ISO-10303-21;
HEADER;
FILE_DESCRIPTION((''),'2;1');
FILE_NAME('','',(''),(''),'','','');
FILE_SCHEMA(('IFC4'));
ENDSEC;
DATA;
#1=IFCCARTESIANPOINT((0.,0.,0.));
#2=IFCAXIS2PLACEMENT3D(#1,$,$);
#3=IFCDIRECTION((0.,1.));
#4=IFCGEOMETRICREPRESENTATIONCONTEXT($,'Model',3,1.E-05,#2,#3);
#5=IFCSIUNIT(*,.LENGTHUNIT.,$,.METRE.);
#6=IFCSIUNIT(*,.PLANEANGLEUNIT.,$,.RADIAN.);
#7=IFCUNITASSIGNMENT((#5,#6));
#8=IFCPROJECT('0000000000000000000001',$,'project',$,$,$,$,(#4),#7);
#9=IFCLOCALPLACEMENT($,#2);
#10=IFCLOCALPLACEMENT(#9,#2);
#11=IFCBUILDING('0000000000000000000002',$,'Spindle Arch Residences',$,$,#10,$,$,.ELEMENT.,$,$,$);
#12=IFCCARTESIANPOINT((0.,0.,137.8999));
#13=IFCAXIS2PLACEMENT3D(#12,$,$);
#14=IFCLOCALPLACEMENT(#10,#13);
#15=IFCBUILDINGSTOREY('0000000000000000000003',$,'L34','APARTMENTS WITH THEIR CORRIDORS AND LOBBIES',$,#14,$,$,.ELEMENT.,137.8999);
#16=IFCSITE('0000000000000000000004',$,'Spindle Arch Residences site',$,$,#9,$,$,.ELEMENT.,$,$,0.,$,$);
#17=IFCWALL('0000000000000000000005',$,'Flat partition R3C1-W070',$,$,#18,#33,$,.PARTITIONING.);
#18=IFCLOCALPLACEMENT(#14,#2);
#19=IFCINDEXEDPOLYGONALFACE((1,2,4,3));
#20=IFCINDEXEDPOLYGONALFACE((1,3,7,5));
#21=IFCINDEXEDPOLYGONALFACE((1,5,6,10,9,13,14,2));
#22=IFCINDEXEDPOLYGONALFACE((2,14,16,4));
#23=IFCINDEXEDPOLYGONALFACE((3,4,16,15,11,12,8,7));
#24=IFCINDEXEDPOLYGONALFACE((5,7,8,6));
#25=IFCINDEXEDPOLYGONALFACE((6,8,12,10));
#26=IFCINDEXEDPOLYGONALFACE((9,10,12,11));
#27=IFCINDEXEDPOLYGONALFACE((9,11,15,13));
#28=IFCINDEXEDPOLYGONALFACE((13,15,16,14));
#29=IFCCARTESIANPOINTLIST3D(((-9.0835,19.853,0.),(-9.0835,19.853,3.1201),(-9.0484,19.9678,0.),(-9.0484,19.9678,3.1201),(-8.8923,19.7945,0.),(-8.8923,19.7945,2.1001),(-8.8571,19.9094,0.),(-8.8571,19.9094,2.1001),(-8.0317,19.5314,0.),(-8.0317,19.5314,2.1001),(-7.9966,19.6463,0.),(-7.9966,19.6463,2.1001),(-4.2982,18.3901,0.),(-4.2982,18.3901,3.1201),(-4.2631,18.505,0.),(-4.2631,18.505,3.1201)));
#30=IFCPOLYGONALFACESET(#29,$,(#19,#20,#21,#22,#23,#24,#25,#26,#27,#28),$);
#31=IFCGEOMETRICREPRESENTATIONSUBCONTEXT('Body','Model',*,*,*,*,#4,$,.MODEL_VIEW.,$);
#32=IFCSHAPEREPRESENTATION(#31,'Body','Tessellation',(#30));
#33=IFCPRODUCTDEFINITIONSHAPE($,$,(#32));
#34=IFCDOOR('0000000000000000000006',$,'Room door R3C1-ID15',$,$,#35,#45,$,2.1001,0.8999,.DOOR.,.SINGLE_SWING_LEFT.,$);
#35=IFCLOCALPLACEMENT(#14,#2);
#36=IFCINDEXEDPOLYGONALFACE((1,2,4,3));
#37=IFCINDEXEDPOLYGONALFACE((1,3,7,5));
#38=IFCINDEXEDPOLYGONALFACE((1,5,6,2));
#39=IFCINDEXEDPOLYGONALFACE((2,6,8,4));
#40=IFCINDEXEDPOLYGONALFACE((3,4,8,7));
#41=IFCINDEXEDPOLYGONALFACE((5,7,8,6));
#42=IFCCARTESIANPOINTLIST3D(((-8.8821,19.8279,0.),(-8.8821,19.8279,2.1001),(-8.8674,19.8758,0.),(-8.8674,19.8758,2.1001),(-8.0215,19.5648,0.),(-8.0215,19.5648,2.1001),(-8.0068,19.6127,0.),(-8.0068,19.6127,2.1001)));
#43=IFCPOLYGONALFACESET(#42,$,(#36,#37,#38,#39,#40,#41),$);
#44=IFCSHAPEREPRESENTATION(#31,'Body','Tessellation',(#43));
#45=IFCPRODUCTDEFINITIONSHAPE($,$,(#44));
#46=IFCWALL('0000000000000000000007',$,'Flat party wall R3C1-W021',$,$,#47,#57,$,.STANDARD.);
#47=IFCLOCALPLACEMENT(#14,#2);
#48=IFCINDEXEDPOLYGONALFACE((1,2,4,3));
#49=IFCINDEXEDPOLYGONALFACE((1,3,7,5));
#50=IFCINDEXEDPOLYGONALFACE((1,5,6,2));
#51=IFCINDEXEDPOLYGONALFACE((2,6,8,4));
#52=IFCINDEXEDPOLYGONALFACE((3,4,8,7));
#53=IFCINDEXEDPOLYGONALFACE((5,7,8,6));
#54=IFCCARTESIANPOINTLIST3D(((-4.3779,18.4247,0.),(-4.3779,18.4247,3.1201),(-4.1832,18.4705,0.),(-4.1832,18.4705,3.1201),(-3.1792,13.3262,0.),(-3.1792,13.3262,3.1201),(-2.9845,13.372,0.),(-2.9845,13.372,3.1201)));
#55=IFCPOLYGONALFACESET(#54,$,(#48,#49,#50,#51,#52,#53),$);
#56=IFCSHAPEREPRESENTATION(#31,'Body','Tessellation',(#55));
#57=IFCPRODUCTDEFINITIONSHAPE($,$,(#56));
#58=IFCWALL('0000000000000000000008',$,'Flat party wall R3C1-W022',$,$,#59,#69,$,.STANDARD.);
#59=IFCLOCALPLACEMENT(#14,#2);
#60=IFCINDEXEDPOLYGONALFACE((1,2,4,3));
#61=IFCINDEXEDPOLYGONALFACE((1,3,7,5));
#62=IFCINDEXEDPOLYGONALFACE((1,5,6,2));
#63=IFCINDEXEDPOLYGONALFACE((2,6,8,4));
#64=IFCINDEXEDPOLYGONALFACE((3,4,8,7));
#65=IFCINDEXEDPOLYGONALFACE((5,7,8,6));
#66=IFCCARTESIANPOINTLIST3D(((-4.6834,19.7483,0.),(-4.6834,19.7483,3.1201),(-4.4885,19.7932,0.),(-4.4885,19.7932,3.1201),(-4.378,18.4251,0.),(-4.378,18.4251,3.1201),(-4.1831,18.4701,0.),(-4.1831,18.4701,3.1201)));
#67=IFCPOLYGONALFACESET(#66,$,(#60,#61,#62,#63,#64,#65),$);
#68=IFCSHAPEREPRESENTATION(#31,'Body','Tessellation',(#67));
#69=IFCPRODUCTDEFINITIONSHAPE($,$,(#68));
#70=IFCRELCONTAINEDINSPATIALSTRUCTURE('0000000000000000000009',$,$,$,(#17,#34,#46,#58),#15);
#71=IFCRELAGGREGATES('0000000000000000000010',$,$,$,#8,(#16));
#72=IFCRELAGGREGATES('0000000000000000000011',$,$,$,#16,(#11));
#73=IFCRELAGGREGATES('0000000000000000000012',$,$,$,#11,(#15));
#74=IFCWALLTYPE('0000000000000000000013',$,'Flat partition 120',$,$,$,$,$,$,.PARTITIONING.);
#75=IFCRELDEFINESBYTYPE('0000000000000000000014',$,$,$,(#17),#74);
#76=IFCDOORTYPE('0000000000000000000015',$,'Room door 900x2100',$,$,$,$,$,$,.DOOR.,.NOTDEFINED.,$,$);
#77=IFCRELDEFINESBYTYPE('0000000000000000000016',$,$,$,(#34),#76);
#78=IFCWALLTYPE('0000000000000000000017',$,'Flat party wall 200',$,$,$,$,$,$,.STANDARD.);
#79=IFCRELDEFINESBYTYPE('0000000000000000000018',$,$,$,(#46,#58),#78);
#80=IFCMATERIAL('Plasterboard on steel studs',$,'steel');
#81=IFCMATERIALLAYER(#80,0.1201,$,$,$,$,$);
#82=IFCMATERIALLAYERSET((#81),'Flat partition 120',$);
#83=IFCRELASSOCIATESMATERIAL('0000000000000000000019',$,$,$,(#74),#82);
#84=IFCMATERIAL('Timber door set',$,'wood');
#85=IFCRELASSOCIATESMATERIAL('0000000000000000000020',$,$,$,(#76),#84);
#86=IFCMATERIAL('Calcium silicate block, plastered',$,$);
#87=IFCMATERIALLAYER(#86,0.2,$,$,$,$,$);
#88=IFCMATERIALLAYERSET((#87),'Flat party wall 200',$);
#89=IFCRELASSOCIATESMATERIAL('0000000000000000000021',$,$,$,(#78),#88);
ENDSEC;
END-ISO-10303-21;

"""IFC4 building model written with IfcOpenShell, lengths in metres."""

from ifc_helpers import new_model, si_unit, direction, frame, frame_2d, origin, place, context, subcontext, project, spatial, rectangle, extrude, material, layer, layer_set, type_object, element, fill, save


model = new_model("IFC4")

# Units and contexts
model_context = context("Model", 3, precision=1e-05, world=origin(), true_north=direction((0.0, 1.0)))
body_context = subcontext(model_context, "Body", "Model", "MODEL_VIEW")
ifc_project = project(units=[si_unit("LENGTHUNIT", "METRE"), si_unit("PLANEANGLEUNIT", "RADIAN")], contexts=[model_context])

# Site, building, storey
site_placement = place(None, origin())
site = spatial("IfcSite", under=ifc_project, at=site_placement, Name="Spindle Arch Residences site", CompositionType="ELEMENT", RefElevation=0.0)
building_placement = place(site_placement, origin())
building = spatial("IfcBuilding", under=site, at=building_placement, Name="Spindle Arch Residences", CompositionType="ELEMENT")
storey_placement = place(building_placement, frame((0.0, 0.0, 137.8999)))
storey = spatial("IfcBuildingStorey", under=building, at=storey_placement, Name="L34", Description="APARTMENTS WITH THEIR CORRIDORS AND LOBBIES", CompositionType="ELEMENT", Elevation=137.8999)

# Shared definitions
ifc_material_1 = material(Name="Plasterboard on steel studs", Category="steel")
ifc_layer_1 = layer(ifc_material_1, 0.1201)
ifc_layer_set_1 = layer_set([ifc_layer_1], Name="Flat partition 120")
wall_type_1 = type_object("IfcWallType", Name="Flat partition 120", PredefinedType="PARTITIONING", material=ifc_layer_set_1)

# Shared definitions
ifc_material_2 = material(Name="Timber door set", Category="wood")
door_type = type_object("IfcDoorType", Name="Room door 900x2100", OperationType="NOTDEFINED", PredefinedType="DOOR", material=ifc_material_2)

# Wall, opening, door
wall_1_placement = place(storey_placement, frame((-9.0659, 19.9104, 0.0), z_axis=(0.0, 0.0, 1.0), x_axis=(0.956313, -0.292344, 0.0)))
wall_1 = element("IfcWall", 1, at=wall_1_placement, inside=storey, type_object=wall_type_1, Name="Flat partition R3C1-W070", PredefinedType="PARTITIONING", context=body_context, shape_type="SweptSolid", body=[
    extrude(rectangle(XDim=5.0039, YDim=0.1201, at=frame_2d((2.502, 0.0))), origin(), (0.0, 0.0, 1.0), 3.1201),
])
opening_1_placement = place(wall_1_placement, frame((0.2, 0.0, 0.0)))
opening_1 = element("IfcOpeningElement", 2, at=opening_1_placement, cuts=wall_1, PredefinedType="OPENING", context=body_context, shape_type="SweptSolid", body=[
    extrude(rectangle(XDim=0.8999, YDim=2.1001, at=frame_2d((0.45, 1.05))), frame((0.0, 0.0701, 0.0), z_axis=(0.0, -1.0, 0.0), x_axis=(1.0, 0.0, 0.0)), (0.0, 0.0, 1.0), 0.1401),
])
door_1_placement = place(opening_1_placement, origin())
door_1 = element("IfcDoor", 3, at=door_1_placement, inside=storey, type_object=door_type, Name="Room door R3C1-ID15", OperationType="SINGLE_SWING_LEFT", OverallHeight=2.1001, OverallWidth=0.8999, PredefinedType="DOOR", context=body_context, shape_type="SweptSolid", body=[
    extrude(rectangle(XDim=0.8999, YDim=2.1001, at=frame_2d((0.45, 1.05))), frame((0.0, 0.0249, 0.0), z_axis=(0.0, -1.0, 0.0), x_axis=(1.0, 0.0, 0.0)), (0.0, 0.0, 1.0), 0.05),
])
fill(opening_1, door_1)

# Walls
ifc_material_3 = material(Name="Calcium silicate block, plastered")
ifc_layer_2 = layer(ifc_material_3, 0.2)
ifc_layer_set_2 = layer_set([ifc_layer_2], Name="Flat party wall 200")
wall_type_2 = type_object("IfcWallType", Name="Flat party wall 200", PredefinedType="STANDARD", material=ifc_layer_set_2)
wall_2_placement = place(storey_placement, frame((-4.2805, 18.4475, 0.0), z_axis=(0.0, 0.0, 1.0), x_axis=(0.228868, -0.973457, 0.0)))
element("IfcWall", 4, at=wall_2_placement, inside=storey, type_object=wall_type_2, Name="Flat party wall R3C1-W021", PredefinedType="STANDARD", context=body_context, shape_type="SweptSolid", body=[
    extrude(rectangle(XDim=5.2375, YDim=0.2, at=frame_2d((2.6187, 0.0))), origin(), (0.0, 0.0, 1.0), 3.1201),
])
wall_3_placement = place(storey_placement, frame((-4.5859, 19.7708, 0.0), z_axis=(0.0, 0.0, 1.0), x_axis=(0.224899, -0.974382, 0.0)))
element("IfcWall", 5, at=wall_3_placement, inside=storey, type_object=wall_type_2, Name="Flat party wall R3C1-W022", PredefinedType="STANDARD", context=body_context, shape_type="SweptSolid", body=[
    extrude(rectangle(XDim=1.3579, YDim=0.2, at=frame_2d((0.679, 0.0))), origin(), (0.0, 0.0, 1.0), 3.1201),
])

save(model, "model.ifc")
